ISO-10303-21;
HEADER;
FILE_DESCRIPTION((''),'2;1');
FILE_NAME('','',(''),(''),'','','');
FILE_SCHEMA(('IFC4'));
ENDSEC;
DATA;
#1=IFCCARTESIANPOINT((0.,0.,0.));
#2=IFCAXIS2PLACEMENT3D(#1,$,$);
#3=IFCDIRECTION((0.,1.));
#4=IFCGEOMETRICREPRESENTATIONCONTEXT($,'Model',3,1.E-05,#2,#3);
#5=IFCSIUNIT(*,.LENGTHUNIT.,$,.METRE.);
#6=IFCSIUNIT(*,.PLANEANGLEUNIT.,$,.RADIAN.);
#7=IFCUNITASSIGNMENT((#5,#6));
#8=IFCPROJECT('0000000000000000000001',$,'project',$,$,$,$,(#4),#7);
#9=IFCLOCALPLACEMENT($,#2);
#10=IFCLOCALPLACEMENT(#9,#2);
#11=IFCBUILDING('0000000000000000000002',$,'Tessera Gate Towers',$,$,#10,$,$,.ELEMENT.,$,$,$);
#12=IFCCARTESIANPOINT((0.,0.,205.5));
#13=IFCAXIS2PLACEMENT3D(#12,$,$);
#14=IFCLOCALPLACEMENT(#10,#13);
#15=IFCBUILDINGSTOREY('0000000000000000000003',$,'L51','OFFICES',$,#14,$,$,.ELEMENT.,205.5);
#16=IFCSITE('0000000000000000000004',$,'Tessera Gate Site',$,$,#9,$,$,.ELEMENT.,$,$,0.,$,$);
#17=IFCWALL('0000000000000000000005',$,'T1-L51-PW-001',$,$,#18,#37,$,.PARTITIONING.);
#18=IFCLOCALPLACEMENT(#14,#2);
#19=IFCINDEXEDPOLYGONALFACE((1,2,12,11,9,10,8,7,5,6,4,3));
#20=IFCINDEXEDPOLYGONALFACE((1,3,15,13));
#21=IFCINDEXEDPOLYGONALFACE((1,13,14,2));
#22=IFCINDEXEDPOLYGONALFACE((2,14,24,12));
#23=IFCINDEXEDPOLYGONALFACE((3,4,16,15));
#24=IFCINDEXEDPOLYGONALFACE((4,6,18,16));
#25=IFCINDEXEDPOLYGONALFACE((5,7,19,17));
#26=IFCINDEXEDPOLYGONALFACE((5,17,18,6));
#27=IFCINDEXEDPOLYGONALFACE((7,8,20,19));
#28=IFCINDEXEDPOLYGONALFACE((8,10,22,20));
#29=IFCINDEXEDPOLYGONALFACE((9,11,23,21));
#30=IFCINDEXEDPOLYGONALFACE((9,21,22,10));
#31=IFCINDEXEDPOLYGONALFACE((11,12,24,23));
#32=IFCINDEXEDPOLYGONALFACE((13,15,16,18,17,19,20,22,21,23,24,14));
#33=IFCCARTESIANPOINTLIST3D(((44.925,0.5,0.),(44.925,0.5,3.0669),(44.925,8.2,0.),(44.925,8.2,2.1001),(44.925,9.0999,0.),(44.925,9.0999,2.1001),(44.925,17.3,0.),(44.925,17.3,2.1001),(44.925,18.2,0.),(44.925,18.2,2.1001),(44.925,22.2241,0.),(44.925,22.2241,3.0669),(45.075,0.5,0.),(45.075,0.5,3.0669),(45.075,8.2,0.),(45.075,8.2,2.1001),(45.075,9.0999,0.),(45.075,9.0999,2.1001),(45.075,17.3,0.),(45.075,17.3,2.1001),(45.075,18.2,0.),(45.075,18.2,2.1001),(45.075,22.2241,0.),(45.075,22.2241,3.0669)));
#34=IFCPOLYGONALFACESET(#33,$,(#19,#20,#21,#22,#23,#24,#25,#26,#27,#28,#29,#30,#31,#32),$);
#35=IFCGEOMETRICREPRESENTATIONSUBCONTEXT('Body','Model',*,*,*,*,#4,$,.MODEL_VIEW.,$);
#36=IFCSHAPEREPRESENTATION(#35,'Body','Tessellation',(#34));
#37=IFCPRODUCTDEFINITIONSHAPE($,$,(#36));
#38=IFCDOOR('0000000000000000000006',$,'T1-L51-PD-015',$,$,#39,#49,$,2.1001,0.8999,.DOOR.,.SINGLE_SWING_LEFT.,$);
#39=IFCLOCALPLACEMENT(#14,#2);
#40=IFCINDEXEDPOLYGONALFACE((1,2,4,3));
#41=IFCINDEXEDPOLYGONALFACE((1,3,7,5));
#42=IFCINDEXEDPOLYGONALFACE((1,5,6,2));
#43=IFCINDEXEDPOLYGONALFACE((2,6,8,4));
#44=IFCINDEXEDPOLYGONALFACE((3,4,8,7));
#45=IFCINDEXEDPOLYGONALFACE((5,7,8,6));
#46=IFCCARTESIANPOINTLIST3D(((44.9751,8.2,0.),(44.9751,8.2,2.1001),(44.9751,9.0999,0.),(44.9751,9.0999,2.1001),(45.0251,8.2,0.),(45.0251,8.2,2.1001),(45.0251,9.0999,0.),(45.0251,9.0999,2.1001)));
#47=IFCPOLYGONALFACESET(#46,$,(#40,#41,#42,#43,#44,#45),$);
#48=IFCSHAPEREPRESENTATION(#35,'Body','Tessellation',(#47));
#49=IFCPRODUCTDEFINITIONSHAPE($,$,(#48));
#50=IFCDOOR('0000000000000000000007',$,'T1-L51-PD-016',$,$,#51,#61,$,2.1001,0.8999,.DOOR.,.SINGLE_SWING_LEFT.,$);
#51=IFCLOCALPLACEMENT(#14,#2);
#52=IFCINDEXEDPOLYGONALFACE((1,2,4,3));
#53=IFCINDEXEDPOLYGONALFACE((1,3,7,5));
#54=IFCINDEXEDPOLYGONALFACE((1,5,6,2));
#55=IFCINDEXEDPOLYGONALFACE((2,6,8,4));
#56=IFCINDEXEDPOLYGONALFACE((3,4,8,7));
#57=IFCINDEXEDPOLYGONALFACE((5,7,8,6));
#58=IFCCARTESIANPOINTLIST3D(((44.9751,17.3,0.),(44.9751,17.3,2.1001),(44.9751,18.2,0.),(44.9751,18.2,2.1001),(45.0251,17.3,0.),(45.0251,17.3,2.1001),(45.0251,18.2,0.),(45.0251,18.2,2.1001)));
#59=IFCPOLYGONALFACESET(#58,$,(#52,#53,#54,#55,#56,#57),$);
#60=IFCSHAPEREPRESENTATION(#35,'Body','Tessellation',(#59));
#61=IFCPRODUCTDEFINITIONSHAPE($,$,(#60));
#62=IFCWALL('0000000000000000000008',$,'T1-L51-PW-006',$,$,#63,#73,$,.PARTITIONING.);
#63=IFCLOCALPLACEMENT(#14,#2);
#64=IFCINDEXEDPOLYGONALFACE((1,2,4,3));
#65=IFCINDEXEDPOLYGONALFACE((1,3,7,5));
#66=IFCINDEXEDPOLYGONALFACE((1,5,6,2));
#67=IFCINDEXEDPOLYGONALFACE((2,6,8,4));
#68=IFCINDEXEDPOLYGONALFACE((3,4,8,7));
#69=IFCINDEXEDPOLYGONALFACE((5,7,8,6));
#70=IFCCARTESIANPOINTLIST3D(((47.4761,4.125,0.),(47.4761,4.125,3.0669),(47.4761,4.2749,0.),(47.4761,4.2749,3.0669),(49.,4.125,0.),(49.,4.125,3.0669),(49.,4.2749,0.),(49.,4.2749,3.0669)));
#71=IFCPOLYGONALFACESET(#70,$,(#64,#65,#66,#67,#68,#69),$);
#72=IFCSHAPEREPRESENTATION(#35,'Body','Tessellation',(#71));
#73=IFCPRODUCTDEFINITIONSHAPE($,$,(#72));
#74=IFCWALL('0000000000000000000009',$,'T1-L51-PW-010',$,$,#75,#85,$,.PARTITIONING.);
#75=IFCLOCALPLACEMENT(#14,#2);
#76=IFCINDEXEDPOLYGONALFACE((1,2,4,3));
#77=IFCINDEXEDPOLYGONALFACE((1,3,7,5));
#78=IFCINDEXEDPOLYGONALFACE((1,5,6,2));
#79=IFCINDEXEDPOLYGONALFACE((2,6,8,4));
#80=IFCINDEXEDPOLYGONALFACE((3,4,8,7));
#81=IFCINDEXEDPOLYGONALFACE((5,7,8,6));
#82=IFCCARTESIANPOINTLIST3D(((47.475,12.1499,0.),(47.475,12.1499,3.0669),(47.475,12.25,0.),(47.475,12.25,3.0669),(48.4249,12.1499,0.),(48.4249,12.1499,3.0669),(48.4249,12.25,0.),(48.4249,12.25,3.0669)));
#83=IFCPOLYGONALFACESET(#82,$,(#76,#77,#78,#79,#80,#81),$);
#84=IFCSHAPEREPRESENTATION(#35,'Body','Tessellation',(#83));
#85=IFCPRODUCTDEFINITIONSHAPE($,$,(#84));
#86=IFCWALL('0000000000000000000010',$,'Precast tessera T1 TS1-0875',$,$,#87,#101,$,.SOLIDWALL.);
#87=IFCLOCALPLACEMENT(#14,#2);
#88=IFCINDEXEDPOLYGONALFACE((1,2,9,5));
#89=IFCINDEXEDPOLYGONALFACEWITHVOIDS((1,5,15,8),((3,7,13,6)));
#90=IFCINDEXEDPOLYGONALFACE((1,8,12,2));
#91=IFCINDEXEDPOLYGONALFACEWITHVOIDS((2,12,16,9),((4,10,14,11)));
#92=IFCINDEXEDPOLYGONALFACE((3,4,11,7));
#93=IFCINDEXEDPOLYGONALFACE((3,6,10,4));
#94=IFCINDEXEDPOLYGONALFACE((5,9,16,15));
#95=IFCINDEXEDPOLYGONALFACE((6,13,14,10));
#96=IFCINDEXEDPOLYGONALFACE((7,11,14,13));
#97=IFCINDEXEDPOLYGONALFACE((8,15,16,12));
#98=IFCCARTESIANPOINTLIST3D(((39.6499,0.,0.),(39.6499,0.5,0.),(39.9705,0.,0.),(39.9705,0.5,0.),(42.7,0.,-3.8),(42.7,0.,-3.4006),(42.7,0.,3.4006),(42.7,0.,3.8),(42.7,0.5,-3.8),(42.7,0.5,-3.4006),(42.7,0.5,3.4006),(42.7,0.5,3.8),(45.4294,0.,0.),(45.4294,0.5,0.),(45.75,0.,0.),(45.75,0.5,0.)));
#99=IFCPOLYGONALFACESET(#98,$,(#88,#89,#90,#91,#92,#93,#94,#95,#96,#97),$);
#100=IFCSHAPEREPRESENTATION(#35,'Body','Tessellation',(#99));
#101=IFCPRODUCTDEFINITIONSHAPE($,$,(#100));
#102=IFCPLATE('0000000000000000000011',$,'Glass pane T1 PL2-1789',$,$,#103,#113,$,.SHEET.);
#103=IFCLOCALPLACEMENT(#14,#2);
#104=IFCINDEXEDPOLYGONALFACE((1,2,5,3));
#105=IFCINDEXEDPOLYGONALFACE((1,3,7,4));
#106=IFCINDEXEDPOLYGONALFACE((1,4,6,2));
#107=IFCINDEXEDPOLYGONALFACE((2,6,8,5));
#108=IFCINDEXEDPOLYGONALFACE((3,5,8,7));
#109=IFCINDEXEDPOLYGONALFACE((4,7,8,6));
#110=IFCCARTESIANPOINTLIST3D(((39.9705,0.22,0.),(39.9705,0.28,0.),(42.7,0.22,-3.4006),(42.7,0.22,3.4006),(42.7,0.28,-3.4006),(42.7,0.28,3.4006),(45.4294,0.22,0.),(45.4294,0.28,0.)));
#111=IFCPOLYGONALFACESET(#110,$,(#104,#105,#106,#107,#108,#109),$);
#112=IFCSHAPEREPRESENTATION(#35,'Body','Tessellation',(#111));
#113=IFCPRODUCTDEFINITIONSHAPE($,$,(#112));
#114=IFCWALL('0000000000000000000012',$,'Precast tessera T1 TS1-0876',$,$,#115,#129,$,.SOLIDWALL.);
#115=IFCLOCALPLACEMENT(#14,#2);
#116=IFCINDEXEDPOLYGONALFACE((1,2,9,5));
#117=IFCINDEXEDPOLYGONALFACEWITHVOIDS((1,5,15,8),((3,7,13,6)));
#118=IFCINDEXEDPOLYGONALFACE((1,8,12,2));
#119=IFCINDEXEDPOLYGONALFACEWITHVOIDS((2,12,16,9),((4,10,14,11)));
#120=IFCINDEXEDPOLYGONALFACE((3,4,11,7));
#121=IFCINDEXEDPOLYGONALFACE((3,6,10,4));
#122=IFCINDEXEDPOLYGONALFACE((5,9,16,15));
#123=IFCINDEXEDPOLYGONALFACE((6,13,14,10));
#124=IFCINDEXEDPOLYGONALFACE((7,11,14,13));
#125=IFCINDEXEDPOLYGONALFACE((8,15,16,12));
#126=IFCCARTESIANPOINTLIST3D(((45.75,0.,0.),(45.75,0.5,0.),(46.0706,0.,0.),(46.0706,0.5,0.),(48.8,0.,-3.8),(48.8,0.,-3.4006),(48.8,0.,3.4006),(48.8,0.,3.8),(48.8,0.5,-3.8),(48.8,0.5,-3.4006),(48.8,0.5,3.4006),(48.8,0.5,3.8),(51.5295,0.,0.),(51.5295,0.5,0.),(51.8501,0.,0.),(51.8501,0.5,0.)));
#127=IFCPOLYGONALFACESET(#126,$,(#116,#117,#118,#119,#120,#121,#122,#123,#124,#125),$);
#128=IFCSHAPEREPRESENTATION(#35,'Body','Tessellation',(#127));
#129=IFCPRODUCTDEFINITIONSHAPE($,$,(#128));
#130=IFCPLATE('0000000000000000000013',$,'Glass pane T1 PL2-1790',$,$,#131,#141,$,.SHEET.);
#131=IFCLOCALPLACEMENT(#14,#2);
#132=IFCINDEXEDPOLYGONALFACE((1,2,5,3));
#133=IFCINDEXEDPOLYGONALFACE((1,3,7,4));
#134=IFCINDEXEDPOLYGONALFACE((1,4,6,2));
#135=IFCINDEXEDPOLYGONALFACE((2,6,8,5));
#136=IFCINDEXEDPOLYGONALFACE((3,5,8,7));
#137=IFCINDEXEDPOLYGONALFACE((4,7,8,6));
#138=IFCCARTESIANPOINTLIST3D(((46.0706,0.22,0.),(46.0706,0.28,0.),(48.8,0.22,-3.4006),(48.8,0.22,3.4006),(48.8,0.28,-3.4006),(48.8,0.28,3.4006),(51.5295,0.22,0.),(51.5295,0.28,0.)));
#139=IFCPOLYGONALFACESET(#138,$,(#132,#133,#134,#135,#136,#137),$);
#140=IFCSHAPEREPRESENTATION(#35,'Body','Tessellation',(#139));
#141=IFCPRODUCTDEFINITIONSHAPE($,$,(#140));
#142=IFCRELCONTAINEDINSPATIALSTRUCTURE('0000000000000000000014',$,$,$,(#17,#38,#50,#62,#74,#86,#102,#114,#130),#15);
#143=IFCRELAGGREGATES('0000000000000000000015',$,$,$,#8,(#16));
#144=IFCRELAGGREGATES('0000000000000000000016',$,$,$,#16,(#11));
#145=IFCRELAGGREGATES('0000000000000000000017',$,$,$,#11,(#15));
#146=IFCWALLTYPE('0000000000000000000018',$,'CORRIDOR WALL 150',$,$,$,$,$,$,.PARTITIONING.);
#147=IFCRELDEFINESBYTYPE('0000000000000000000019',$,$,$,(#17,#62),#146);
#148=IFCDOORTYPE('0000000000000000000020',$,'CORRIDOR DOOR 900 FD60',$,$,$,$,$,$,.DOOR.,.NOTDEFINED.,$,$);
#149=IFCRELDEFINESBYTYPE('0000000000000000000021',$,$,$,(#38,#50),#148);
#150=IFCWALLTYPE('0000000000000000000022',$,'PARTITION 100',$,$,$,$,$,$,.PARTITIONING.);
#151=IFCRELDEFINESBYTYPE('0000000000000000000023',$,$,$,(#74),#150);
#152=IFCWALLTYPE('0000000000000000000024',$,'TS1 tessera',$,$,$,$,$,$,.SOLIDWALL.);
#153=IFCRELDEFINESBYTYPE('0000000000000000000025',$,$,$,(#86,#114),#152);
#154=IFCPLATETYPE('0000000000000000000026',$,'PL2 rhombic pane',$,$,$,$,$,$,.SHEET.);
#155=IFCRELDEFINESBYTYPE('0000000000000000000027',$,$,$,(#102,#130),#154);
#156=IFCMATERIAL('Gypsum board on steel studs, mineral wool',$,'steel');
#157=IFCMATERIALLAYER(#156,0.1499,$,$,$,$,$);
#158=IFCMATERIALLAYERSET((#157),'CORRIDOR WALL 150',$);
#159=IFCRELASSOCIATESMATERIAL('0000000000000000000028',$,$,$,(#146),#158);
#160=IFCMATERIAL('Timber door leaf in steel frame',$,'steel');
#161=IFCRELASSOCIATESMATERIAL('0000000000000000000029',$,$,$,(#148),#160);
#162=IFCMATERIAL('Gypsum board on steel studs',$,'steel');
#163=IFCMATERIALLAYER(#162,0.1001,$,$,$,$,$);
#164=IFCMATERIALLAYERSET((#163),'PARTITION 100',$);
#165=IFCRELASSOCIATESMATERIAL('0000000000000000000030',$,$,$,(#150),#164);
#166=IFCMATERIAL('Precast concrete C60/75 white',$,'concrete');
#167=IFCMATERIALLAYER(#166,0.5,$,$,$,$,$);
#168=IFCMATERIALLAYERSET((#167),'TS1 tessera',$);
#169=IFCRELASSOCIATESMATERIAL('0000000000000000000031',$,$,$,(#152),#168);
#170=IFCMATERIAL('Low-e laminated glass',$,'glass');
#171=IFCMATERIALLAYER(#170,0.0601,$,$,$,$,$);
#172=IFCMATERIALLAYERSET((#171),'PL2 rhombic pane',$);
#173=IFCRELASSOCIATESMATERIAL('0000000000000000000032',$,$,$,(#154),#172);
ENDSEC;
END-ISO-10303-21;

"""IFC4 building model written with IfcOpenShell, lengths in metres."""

from ifc_helpers import new_model, si_unit, direction, frame, frame_2d, origin, place, context, subcontext, project, spatial, polyline, rectangle, outline, extrude, source, transform, mapped, material, layer, layer_set, type_object, element, fill, save


model = new_model("IFC4")

# Units and contexts
model_context = context("Model", 3, precision=1e-05, world=origin(), true_north=direction((0.0, 1.0)))
body_context = subcontext(model_context, "Body", "Model", "MODEL_VIEW")
ifc_project = project(units=[si_unit("LENGTHUNIT", "METRE"), si_unit("PLANEANGLEUNIT", "RADIAN")], contexts=[model_context])

# Site, building, storey
site_placement = place(None, origin())
site = spatial("IfcSite", under=ifc_project, at=site_placement, Name="Tessera Gate Site", CompositionType="ELEMENT", RefElevation=0.0)
building_placement = place(site_placement, origin())
building = spatial("IfcBuilding", under=site, at=building_placement, Name="Tessera Gate Towers", CompositionType="ELEMENT")
storey_placement = place(building_placement, frame((0.0, 0.0, 205.5)))
storey = spatial("IfcBuildingStorey", under=building, at=storey_placement, Name="L51", Description="OFFICES", CompositionType="ELEMENT", Elevation=205.5)

# Wall, openings, doors
ifc_material_1 = material(Name="Gypsum board on steel studs, mineral wool", Category="steel")
ifc_layer_1 = layer(ifc_material_1, 0.1499)
ifc_layer_set_1 = layer_set([ifc_layer_1], Name="CORRIDOR WALL 150")
wall_type_1 = type_object("IfcWallType", Name="CORRIDOR WALL 150", PredefinedType="PARTITIONING", material=ifc_layer_set_1)
wall_1_placement = place(storey_placement, frame((45.0, 0.5, 0.0), z_axis=(0.0, 0.0, 1.0), x_axis=(0.0, 1.0, 0.0)))
wall_1 = element("IfcWall", 1, at=wall_1_placement, inside=storey, type_object=wall_type_1, Name="T1-L51-PW-001", PredefinedType="PARTITIONING", context=body_context, shape_type="SweptSolid", body=[
    extrude(rectangle(XDim=21.7241, YDim=0.1499, at=frame_2d((10.8621, 0.0))), origin(), (0.0, 0.0, 1.0), 3.0669),
])
shared_shape_1 = source(origin(), body_context, "Body", "SweptSolid", [
    extrude(rectangle(XDim=0.8999, YDim=2.1001, at=frame_2d((0.45, 1.05))), frame((0.0, 0.085, 0.0), z_axis=(0.0, -1.0, 0.0), x_axis=(1.0, 0.0, 0.0)), (0.0, 0.0, 1.0), 0.1699),
])
opening_1_placement = place(wall_1_placement, frame((7.7, 0.0, 0.0)))
opening_1 = element("IfcOpeningElement", 2, at=opening_1_placement, cuts=wall_1, PredefinedType="OPENING", context=body_context, shape_type="MappedRepresentation", body=[
    mapped(shared_shape_1, transform((0.0, 0.0, 0.0), scale=1.0)),
])
opening_2_placement = place(wall_1_placement, frame((16.8, 0.0, 0.0)))
opening_2 = element("IfcOpeningElement", 3, at=opening_2_placement, cuts=wall_1, PredefinedType="OPENING", context=body_context, shape_type="MappedRepresentation", body=[
    mapped(shared_shape_1, transform((0.0, 0.0, 0.0), scale=1.0)),
])
ifc_material_2 = material(Name="Timber door leaf in steel frame", Category="steel")
door_type = type_object("IfcDoorType", Name="CORRIDOR DOOR 900 FD60", OperationType="NOTDEFINED", PredefinedType="DOOR", material=ifc_material_2)
shared_shape_2 = source(origin(), body_context, "Body", "SweptSolid", [
    extrude(rectangle(XDim=0.8999, YDim=2.1001, at=frame_2d((0.45, 1.05))), frame((0.0, 0.0249, 0.0), z_axis=(0.0, -1.0, 0.0), x_axis=(1.0, 0.0, 0.0)), (0.0, 0.0, 1.0), 0.05),
])
door_1_placement = place(opening_1_placement, origin())
door_1 = element("IfcDoor", 4, at=door_1_placement, inside=storey, type_object=door_type, Name="T1-L51-PD-015", OperationType="SINGLE_SWING_LEFT", OverallHeight=2.1001, OverallWidth=0.8999, PredefinedType="DOOR", context=body_context, shape_type="MappedRepresentation", body=[
    mapped(shared_shape_2, transform((0.0, 0.0, 0.0), scale=1.0)),
])
fill(opening_1, door_1)
door_2_placement = place(opening_2_placement, origin())
door_2 = element("IfcDoor", 5, at=door_2_placement, inside=storey, type_object=door_type, Name="T1-L51-PD-016", OperationType="SINGLE_SWING_LEFT", OverallHeight=2.1001, OverallWidth=0.8999, PredefinedType="DOOR", context=body_context, shape_type="MappedRepresentation", body=[
    mapped(shared_shape_2, transform((0.0, 0.0, 0.0), scale=1.0)),
])
fill(opening_2, door_2)

# Walls
wall_2_placement = place(storey_placement, frame((47.4761, 4.2, 0.0), z_axis=(0.0, 0.0, 1.0), x_axis=(1.0, 0.0, 0.0)))
element("IfcWall", 6, at=wall_2_placement, inside=storey, type_object=wall_type_1, Name="T1-L51-PW-006", PredefinedType="PARTITIONING", context=body_context, shape_type="SweptSolid", body=[
    extrude(rectangle(XDim=1.5239, YDim=0.1499, at=frame_2d((0.762, 0.0))), origin(), (0.0, 0.0, 1.0), 3.0669),
])
ifc_material_3 = material(Name="Gypsum board on steel studs", Category="steel")
ifc_layer_2 = layer(ifc_material_3, 0.1001)
ifc_layer_set_2 = layer_set([ifc_layer_2], Name="PARTITION 100")
wall_type_2 = type_object("IfcWallType", Name="PARTITION 100", PredefinedType="PARTITIONING", material=ifc_layer_set_2)
wall_3_placement = place(storey_placement, frame((48.425, 12.2, 0.0), z_axis=(0.0, 0.0, 1.0), x_axis=(-1.0, 0.0, 0.0)))
element("IfcWall", 7, at=wall_3_placement, inside=storey, type_object=wall_type_2, Name="T1-L51-PW-010", PredefinedType="PARTITIONING", context=body_context, shape_type="SweptSolid", body=[
    extrude(rectangle(XDim=0.95, YDim=0.1001, at=frame_2d((0.4751, 0.0))), origin(), (0.0, 0.0, 1.0), 3.0669),
])

# Walls, openings, plates
ifc_material_4 = material(Name="Precast concrete C60/75 white", Category="concrete")
ifc_layer_3 = layer(ifc_material_4, 0.5)
ifc_layer_set_3 = layer_set([ifc_layer_3], Name="TS1 tessera")
wall_type_3 = type_object("IfcWallType", Name="TS1 tessera", PredefinedType="SOLIDWALL", material=ifc_layer_set_3)
shared_shape_3 = source(origin(), body_context, "Body", "SweptSolid", [
    extrude(outline(polyline([(3.05, 0.0), (6.1001, 3.8), (3.05, 7.6001), (0.0, 3.8), (3.05, 0.0)])), frame((0.0, 0.25, 0.0), z_axis=(0.0, -1.0, 0.0), x_axis=(1.0, 0.0, 0.0)), (0.0, 0.0, 1.0), 0.5),
])
wall_4_placement = place(storey_placement, frame((39.6499, 0.25, -3.8), z_axis=(0.0, 0.0, 1.0), x_axis=(1.0, 0.0, 0.0)))
wall_4 = element("IfcWall", 8, at=wall_4_placement, inside=storey, type_object=wall_type_3, Name="Precast tessera T1 TS1-0875", PredefinedType="SOLIDWALL", context=body_context, shape_type="MappedRepresentation", body=[
    mapped(shared_shape_3, transform((0.0, 0.0, 0.0), scale=1.0)),
])
shared_shape_4 = source(origin(), body_context, "Body", "SweptSolid", [
    extrude(outline(polyline([(3.05, 0.3994), (5.7795, 3.8), (3.05, 7.2007), (0.3206, 3.8), (3.05, 0.3994)])), frame((0.0, 0.26, 0.0), z_axis=(0.0, -1.0, 0.0), x_axis=(1.0, 0.0, 0.0)), (0.0, 0.0, 1.0), 0.52),
])
opening_3_placement = place(wall_4_placement, origin())
opening_3 = element("IfcOpeningElement", 9, at=opening_3_placement, cuts=wall_4, PredefinedType="OPENING", context=body_context, shape_type="MappedRepresentation", body=[
    mapped(shared_shape_4, transform((0.0, 0.0, 0.0), scale=1.0)),
])
ifc_material_5 = material(Name="Low-e laminated glass", Category="glass")
ifc_layer_4 = layer(ifc_material_5, 0.0601)
ifc_layer_set_4 = layer_set([ifc_layer_4], Name="PL2 rhombic pane")
plate_type = type_object("IfcPlateType", Name="PL2 rhombic pane", PredefinedType="SHEET", material=ifc_layer_set_4)
shared_shape_5 = source(origin(), body_context, "Body", "SweptSolid", [
    extrude(outline(polyline([(3.05, 0.3994), (5.7795, 3.8), (3.05, 7.2007), (0.3206, 3.8), (3.05, 0.3994)])), frame((0.0, 0.03, 0.0), z_axis=(0.0, -1.0, 0.0), x_axis=(1.0, 0.0, 0.0)), (0.0, 0.0, 1.0), 0.0601),
])
plate_1_placement = place(opening_3_placement, origin())
plate_1 = element("IfcPlate", 10, at=plate_1_placement, inside=storey, type_object=plate_type, Name="Glass pane T1 PL2-1789", PredefinedType="SHEET", context=body_context, shape_type="MappedRepresentation", body=[
    mapped(shared_shape_5, transform((0.0, 0.0, 0.0), scale=1.0)),
])
fill(opening_3, plate_1)
wall_5_placement = place(storey_placement, frame((45.75, 0.25, -3.8), z_axis=(0.0, 0.0, 1.0), x_axis=(1.0, 0.0, 0.0)))
wall_5 = element("IfcWall", 11, at=wall_5_placement, inside=storey, type_object=wall_type_3, Name="Precast tessera T1 TS1-0876", PredefinedType="SOLIDWALL", context=body_context, shape_type="MappedRepresentation", body=[
    mapped(shared_shape_3, transform((0.0, 0.0, 0.0), scale=1.0)),
])
opening_4_placement = place(wall_5_placement, origin())
opening_4 = element("IfcOpeningElement", 12, at=opening_4_placement, cuts=wall_5, PredefinedType="OPENING", context=body_context, shape_type="MappedRepresentation", body=[
    mapped(shared_shape_4, transform((0.0, 0.0, 0.0), scale=1.0)),
])
plate_2_placement = place(opening_4_placement, origin())
plate_2 = element("IfcPlate", 13, at=plate_2_placement, inside=storey, type_object=plate_type, Name="Glass pane T1 PL2-1790", PredefinedType="SHEET", context=body_context, shape_type="MappedRepresentation", body=[
    mapped(shared_shape_5, transform((0.0, 0.0, 0.0), scale=1.0)),
])
fill(opening_4, plate_2)

save(model, "model.ifc")
